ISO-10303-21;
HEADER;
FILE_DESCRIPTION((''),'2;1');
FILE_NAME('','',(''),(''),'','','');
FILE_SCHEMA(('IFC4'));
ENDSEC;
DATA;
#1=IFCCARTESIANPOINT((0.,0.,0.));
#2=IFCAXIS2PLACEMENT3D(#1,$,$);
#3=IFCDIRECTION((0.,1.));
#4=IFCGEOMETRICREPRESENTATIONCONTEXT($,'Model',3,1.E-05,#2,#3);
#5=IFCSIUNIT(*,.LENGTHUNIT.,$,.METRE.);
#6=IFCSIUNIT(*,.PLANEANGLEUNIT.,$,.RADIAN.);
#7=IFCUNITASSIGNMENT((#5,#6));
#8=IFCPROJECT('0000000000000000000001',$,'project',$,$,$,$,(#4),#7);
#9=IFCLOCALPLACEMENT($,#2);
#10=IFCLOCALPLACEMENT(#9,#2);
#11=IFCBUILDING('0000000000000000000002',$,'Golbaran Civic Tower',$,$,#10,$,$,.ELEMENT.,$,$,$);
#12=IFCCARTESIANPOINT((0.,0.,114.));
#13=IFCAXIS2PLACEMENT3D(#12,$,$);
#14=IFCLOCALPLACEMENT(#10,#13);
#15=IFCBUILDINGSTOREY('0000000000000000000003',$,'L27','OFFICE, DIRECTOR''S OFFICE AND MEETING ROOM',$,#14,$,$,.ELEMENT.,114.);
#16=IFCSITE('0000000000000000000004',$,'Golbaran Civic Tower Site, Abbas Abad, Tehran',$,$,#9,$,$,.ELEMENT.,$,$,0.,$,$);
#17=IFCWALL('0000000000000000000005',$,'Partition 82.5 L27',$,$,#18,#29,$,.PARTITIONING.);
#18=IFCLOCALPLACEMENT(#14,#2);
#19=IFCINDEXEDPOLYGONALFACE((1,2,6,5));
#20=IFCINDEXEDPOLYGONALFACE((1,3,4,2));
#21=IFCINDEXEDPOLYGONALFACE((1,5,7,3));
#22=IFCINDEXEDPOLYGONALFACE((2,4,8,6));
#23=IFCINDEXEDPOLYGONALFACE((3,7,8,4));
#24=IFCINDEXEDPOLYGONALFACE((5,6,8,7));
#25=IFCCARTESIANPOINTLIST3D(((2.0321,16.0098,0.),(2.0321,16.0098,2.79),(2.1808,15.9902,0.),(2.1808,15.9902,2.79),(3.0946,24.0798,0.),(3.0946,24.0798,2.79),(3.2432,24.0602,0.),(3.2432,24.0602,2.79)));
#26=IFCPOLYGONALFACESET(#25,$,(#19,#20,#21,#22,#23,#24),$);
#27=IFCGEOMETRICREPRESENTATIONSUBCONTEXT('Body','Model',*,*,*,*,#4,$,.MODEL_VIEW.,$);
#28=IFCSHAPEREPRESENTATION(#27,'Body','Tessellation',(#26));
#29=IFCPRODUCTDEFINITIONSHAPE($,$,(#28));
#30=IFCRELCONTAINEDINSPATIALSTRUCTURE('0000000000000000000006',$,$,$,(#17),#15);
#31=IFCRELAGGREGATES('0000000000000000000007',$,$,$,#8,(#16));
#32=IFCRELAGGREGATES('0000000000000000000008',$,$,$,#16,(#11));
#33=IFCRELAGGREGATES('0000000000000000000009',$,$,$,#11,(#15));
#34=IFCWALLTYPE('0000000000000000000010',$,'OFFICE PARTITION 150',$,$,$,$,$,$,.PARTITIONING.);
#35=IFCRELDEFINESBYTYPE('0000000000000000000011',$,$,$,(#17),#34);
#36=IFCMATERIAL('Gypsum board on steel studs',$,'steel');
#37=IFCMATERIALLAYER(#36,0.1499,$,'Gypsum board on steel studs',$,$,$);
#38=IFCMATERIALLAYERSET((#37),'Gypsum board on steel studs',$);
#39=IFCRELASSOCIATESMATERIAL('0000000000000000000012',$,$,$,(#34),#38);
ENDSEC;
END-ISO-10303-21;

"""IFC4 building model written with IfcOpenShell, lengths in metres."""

from ifc_helpers import new_model, si_unit, direction, frame, frame_2d, origin, place, context, subcontext, project, spatial, rectangle, extrude, material, layer, layer_set, type_object, element, save


model = new_model("IFC4")

# Units and contexts
model_context = context("Model", 3, precision=1e-05, world=origin(), true_north=direction((0.0, 1.0)))
body_context = subcontext(model_context, "Body", "Model", "MODEL_VIEW")
ifc_project = project(units=[si_unit("LENGTHUNIT", "METRE"), si_unit("PLANEANGLEUNIT", "RADIAN")], contexts=[model_context])

# Site, building, storey
site_placement = place(None, origin())
site = spatial("IfcSite", under=ifc_project, at=site_placement, Name="Golbaran Civic Tower Site, Abbas Abad, Tehran", CompositionType="ELEMENT", RefElevation=0.0)
building_placement = place(site_placement, origin())
building = spatial("IfcBuilding", under=site, at=building_placement, Name="Golbaran Civic Tower", CompositionType="ELEMENT")
storey_placement = place(building_placement, frame((0.0, 0.0, 114.0)))
storey = spatial("IfcBuildingStorey", under=building, at=storey_placement, Name="L27", Description="OFFICE, DIRECTOR'S OFFICE AND MEETING ROOM", CompositionType="ELEMENT", Elevation=114.0)

# Wall
ifc_material_1 = material(Name="Gypsum board on steel studs", Category="steel")
ifc_layer_1 = layer(ifc_material_1, 0.1499, Name="Gypsum board on steel studs")
ifc_layer_set_1 = layer_set([ifc_layer_1], Name="Gypsum board on steel studs")
wall_type_1 = type_object("IfcWallType", Name="OFFICE PARTITION 150", PredefinedType="PARTITIONING", material=ifc_layer_set_1)
wall_1_placement = place(storey_placement, frame((2.1064, 16.0, 0.0), z_axis=(0.0, 0.0, 1.0), x_axis=(0.130533, 0.991444, 0.0)))
element("IfcWall", 1, at=wall_1_placement, inside=storey, type_object=wall_type_1, Name="Partition 82.5 L27", PredefinedType="PARTITIONING", context=body_context, shape_type="SweptSolid", body=[
    extrude(rectangle(XDim=8.1396, YDim=0.1499, at=frame_2d((4.0698, 0.0))), origin(), (0.0, 0.0, 1.0), 2.79),
])

save(model, "model.ifc")
